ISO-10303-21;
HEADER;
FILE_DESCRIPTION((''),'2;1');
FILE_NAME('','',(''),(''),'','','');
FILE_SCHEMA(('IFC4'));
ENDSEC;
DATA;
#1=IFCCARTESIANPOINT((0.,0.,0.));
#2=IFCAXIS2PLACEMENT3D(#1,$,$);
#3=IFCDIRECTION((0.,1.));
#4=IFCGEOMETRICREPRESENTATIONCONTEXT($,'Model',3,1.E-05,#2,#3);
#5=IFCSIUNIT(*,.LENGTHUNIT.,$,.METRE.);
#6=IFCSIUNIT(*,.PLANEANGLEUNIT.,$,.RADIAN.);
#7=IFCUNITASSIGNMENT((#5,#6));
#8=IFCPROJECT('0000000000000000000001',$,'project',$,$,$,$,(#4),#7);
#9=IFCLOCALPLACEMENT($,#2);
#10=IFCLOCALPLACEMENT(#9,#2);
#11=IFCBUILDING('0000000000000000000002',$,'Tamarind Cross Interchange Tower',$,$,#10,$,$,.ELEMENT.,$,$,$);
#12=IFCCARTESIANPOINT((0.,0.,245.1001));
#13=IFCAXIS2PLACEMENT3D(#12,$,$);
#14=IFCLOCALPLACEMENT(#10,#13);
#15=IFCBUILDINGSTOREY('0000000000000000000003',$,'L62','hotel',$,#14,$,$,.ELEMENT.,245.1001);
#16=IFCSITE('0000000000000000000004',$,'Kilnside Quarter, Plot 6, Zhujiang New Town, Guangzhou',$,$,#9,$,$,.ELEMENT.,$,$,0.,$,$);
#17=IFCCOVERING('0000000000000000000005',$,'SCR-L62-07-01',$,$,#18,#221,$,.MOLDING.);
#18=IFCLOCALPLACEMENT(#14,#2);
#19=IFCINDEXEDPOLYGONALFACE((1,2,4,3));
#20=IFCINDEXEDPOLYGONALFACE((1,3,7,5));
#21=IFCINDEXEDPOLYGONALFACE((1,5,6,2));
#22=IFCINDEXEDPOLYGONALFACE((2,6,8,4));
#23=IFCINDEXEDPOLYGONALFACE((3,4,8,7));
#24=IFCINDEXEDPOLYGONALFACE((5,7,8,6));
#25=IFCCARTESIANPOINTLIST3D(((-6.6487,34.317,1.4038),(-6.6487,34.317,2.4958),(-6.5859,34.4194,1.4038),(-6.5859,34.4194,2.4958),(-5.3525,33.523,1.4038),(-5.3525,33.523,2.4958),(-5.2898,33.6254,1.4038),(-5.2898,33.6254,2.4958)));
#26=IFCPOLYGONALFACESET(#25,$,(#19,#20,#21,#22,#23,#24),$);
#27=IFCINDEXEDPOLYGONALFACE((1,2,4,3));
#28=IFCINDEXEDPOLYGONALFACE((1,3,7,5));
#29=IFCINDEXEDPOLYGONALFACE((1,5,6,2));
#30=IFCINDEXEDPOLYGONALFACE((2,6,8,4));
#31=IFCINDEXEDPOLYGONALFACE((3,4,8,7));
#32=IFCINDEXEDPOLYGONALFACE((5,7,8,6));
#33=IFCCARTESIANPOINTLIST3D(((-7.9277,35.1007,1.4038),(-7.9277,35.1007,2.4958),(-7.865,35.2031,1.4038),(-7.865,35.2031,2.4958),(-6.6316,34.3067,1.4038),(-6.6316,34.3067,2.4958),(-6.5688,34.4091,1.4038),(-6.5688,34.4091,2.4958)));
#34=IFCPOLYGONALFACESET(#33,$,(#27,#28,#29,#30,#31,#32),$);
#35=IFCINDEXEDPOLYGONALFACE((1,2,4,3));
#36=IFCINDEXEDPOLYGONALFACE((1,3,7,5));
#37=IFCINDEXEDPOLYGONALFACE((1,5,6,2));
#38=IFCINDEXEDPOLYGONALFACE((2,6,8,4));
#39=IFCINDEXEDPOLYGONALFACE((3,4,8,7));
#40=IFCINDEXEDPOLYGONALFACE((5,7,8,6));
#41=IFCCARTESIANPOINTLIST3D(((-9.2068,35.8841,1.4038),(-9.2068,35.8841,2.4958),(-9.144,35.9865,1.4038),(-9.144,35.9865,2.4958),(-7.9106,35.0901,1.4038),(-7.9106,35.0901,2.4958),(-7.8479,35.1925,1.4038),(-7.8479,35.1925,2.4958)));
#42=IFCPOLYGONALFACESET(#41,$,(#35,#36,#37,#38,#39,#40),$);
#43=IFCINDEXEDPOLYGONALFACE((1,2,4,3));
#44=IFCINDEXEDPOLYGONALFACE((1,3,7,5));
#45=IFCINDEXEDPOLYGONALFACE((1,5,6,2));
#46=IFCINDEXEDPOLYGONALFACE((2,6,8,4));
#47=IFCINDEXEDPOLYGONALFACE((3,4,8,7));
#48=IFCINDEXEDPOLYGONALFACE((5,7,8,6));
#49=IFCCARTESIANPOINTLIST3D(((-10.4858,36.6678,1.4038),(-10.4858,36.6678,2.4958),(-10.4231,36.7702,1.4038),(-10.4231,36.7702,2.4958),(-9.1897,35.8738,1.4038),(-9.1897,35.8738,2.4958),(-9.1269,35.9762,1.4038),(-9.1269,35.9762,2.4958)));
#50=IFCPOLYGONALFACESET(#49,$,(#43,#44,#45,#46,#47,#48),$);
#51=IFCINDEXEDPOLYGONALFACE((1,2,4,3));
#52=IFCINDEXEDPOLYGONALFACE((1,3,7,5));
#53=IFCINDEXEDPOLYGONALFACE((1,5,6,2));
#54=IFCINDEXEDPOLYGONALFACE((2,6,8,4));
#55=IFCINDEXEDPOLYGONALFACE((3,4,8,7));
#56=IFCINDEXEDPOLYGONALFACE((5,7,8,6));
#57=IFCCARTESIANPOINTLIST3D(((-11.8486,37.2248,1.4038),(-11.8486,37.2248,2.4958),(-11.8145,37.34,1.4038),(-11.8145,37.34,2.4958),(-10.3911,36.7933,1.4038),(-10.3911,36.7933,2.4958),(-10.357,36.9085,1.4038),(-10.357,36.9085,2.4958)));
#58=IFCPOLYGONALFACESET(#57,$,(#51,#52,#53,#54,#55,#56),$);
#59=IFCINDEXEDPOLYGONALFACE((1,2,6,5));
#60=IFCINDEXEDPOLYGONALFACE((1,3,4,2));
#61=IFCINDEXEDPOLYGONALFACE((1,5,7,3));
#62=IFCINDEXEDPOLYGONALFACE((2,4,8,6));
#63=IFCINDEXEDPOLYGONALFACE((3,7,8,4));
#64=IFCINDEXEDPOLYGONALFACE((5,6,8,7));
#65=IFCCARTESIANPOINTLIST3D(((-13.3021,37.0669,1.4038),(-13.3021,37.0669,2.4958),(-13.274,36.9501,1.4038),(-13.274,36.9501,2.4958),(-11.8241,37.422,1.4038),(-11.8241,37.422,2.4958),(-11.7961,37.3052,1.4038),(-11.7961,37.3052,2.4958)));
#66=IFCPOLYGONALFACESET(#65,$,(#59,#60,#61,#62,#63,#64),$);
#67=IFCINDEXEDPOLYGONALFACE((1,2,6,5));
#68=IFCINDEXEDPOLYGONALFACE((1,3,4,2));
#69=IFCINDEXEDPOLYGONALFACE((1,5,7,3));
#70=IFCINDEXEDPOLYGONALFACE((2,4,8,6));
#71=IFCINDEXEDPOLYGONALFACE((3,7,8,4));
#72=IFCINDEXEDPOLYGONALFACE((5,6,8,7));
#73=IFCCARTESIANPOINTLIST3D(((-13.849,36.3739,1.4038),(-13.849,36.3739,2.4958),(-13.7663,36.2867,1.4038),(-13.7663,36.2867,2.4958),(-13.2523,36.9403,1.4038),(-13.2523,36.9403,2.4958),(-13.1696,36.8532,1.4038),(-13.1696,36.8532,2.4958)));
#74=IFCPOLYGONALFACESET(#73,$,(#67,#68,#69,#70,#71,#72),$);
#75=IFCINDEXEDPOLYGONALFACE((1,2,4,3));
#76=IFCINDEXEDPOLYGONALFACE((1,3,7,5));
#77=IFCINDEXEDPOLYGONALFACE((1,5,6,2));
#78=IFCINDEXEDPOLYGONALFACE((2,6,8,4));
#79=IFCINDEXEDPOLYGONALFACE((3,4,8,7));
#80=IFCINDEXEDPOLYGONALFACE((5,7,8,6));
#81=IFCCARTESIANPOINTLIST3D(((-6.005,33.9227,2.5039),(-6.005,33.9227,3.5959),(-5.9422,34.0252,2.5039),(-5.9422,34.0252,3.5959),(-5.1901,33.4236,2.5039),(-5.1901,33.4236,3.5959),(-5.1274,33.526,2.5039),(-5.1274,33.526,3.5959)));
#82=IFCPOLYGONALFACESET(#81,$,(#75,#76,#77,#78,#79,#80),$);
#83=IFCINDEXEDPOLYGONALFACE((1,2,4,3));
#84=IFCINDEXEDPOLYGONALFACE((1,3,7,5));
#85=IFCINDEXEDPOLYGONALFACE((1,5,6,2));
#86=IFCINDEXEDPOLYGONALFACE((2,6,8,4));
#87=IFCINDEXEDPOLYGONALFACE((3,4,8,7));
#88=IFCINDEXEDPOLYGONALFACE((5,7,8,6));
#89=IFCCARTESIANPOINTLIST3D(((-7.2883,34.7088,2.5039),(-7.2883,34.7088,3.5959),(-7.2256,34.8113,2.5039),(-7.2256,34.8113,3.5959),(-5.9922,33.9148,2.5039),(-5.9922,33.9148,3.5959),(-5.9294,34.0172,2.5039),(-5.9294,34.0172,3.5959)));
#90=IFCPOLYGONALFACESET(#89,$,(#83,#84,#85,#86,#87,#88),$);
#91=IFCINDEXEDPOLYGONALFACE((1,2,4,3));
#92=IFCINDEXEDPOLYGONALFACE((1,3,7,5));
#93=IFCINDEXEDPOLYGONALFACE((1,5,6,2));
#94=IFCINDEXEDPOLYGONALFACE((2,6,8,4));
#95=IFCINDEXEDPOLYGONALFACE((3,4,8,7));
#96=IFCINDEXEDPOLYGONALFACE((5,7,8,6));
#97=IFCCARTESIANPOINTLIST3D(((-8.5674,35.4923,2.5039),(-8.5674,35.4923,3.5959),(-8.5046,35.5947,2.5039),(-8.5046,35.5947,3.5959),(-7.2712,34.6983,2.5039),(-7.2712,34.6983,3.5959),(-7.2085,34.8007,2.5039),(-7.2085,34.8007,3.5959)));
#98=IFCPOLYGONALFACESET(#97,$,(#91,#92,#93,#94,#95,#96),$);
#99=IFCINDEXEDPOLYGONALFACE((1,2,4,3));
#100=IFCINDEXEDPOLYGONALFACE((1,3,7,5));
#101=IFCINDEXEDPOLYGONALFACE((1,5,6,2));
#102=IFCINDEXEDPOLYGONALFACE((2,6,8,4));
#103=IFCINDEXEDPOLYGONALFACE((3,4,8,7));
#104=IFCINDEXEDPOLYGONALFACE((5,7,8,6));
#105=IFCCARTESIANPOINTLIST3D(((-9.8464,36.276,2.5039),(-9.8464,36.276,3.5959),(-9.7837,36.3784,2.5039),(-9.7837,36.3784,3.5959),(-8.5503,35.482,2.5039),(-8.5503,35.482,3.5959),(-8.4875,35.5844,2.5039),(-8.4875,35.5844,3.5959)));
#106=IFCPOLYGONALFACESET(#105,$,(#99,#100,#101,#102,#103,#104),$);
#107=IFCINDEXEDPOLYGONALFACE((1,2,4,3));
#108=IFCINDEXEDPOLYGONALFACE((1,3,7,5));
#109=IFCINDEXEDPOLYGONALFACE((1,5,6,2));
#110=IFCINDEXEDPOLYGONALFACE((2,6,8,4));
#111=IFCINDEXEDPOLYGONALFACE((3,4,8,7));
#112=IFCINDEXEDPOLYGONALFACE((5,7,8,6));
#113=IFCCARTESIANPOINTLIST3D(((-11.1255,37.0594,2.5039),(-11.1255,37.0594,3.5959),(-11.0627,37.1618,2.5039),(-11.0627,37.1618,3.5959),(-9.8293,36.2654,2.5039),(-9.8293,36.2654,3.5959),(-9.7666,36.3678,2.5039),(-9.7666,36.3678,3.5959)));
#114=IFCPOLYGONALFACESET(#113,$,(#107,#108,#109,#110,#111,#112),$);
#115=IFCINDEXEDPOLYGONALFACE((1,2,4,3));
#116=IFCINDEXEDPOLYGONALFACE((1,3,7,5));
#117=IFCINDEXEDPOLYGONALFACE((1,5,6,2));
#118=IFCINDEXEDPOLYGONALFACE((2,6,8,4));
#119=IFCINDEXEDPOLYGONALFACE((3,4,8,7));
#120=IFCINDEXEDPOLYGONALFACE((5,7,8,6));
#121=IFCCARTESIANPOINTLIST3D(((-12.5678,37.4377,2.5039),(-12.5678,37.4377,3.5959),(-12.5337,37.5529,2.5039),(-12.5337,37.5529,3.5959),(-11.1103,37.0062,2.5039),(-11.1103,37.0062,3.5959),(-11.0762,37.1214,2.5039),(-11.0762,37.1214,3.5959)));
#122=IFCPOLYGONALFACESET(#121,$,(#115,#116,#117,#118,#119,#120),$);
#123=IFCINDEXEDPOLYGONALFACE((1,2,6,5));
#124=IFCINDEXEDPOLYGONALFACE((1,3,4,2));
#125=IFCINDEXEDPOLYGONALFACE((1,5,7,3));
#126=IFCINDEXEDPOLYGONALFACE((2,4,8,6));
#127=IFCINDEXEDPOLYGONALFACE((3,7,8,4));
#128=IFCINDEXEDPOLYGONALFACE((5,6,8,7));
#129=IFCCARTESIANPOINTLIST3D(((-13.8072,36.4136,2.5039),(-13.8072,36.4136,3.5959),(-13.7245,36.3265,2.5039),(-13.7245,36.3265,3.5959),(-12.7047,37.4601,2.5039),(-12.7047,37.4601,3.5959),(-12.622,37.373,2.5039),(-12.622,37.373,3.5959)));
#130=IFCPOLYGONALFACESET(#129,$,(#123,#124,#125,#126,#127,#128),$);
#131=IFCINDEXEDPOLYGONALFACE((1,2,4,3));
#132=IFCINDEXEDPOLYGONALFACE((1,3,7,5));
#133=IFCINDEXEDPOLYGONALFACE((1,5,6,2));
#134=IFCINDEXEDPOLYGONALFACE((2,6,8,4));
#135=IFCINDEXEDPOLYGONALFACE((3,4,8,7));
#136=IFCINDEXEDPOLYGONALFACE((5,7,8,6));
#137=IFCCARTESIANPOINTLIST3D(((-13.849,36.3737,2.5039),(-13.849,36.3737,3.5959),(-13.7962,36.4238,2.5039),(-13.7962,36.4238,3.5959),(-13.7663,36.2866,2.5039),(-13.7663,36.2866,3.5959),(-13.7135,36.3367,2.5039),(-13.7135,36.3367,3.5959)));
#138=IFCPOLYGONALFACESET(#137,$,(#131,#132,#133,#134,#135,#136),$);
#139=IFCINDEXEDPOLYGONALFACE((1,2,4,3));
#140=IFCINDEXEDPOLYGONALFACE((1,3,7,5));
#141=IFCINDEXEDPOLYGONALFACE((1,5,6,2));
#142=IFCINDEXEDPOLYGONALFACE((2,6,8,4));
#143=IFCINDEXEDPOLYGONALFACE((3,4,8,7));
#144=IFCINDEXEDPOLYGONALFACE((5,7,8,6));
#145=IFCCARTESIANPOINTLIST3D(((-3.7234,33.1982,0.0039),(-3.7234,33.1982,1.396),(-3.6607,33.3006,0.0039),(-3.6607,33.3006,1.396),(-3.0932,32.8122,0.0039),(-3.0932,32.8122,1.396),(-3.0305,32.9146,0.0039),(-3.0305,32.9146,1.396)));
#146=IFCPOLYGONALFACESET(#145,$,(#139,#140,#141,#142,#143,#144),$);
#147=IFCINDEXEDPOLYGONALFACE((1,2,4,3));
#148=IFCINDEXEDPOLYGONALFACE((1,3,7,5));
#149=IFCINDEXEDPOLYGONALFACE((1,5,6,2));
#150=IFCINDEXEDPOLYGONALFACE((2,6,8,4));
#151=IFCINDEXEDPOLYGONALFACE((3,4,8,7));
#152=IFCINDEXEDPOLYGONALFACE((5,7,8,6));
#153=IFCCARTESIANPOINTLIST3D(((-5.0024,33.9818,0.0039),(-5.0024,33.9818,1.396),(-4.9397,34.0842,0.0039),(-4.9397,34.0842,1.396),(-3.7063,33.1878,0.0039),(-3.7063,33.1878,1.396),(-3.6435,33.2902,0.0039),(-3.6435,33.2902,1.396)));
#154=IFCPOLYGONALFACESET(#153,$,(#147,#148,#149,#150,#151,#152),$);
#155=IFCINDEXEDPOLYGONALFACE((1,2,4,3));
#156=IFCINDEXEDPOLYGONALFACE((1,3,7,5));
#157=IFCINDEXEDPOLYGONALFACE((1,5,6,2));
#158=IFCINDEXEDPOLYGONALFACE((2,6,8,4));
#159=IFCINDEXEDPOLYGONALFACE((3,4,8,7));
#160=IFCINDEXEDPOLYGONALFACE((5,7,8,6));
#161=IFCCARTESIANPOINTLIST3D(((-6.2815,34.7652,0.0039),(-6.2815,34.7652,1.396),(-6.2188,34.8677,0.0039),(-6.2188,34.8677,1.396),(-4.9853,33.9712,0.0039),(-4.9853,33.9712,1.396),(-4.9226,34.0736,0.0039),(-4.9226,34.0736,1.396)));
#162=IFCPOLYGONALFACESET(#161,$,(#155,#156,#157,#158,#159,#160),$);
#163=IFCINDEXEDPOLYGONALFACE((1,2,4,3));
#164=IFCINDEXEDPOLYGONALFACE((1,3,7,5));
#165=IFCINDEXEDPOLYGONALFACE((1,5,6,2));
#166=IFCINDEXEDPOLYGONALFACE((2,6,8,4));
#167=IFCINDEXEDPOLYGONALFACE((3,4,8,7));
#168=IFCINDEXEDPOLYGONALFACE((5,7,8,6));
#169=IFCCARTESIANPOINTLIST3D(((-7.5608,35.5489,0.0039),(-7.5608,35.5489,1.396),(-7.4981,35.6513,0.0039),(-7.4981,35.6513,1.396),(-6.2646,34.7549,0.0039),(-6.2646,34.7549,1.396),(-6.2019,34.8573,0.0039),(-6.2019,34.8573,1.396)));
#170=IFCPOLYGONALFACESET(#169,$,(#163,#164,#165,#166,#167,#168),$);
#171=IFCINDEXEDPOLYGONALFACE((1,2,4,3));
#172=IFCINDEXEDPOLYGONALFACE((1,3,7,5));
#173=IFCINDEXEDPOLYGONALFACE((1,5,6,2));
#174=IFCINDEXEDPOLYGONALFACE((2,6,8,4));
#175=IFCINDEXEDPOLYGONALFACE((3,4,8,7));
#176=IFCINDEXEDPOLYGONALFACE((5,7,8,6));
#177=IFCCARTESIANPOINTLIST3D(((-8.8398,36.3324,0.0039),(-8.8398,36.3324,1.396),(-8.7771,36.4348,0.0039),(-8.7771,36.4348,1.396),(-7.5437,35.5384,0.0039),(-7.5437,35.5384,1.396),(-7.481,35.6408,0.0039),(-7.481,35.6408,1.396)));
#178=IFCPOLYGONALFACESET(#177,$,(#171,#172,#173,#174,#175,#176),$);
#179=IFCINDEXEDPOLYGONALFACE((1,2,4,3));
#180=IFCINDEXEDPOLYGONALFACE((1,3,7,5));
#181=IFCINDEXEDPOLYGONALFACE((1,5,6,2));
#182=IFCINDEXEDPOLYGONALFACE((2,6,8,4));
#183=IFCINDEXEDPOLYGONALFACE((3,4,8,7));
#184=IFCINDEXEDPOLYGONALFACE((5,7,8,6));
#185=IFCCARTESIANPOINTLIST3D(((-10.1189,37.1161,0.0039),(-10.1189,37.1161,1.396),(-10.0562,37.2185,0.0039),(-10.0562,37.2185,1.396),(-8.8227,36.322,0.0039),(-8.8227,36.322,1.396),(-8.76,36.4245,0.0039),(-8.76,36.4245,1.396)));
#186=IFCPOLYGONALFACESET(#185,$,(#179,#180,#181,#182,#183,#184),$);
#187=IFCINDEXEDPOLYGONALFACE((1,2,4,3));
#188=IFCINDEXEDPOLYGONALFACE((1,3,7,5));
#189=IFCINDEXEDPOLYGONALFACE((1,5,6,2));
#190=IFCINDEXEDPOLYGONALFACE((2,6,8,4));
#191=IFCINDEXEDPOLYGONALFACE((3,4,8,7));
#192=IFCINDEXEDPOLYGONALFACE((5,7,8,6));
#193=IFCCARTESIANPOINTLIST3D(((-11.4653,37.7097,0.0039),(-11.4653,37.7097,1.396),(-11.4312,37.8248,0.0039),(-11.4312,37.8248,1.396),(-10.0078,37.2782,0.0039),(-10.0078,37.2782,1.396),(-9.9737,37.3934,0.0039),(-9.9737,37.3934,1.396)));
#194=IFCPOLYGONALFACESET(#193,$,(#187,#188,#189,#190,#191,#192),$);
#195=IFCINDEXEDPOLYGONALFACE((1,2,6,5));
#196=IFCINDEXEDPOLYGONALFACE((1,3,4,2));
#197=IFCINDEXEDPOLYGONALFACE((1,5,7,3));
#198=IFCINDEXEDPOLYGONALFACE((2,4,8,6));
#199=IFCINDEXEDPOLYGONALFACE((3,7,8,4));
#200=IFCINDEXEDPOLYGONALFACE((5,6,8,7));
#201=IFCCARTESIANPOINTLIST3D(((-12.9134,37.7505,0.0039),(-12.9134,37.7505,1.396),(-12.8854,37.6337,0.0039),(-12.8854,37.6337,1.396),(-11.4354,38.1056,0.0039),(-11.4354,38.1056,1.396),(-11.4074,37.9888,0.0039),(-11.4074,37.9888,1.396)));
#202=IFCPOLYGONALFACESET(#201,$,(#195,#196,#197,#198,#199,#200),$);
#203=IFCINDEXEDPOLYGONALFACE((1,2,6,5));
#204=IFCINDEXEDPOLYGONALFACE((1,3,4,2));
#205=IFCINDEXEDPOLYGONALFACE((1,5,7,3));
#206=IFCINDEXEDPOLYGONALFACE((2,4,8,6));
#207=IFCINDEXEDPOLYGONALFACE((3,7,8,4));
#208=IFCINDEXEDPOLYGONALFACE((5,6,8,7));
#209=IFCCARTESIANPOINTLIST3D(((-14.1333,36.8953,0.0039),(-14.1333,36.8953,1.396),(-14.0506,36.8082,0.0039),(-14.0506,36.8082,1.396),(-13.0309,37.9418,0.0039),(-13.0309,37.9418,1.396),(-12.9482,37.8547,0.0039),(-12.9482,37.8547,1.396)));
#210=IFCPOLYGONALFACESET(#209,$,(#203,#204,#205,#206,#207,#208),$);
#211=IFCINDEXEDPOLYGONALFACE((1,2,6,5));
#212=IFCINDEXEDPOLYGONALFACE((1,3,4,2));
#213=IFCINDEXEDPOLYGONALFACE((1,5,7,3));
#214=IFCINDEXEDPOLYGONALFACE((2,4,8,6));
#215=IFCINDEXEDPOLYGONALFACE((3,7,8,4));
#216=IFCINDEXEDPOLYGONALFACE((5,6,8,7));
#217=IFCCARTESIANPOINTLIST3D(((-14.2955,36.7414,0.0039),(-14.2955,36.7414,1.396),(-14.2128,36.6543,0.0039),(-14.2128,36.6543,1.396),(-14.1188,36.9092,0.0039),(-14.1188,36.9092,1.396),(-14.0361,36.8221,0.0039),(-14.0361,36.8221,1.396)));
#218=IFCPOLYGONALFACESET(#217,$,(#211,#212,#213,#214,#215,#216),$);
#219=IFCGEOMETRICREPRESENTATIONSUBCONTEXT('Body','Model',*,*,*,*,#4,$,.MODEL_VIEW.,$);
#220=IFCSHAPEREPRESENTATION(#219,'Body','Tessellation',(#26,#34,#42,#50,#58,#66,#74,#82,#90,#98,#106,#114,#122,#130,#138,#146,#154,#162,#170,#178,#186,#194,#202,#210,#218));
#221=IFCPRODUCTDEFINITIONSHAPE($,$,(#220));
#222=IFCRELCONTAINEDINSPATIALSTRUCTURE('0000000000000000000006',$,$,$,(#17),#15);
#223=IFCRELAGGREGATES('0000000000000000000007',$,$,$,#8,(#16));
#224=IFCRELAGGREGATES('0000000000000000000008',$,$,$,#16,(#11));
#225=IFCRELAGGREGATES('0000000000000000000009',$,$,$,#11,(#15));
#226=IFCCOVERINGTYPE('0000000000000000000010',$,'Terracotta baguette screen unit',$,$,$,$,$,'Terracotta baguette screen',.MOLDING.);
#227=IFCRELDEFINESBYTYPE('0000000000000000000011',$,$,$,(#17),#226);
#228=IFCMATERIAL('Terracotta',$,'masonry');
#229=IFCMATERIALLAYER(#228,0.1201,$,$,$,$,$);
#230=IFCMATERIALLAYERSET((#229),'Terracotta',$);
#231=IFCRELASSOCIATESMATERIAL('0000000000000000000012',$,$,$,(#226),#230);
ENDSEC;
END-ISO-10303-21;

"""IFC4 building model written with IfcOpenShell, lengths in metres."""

from ifc_helpers import new_model, si_unit, direction, frame, origin, origin_2d, place, context, subcontext, project, spatial, rectangle, extrude, material, layer, layer_set, type_object, element, save


model = new_model("IFC4")

# Units and contexts
model_context = context("Model", 3, precision=1e-05, world=origin(), true_north=direction((0.0, 1.0)))
body_context = subcontext(model_context, "Body", "Model", "MODEL_VIEW")
ifc_project = project(units=[si_unit("LENGTHUNIT", "METRE"), si_unit("PLANEANGLEUNIT", "RADIAN")], contexts=[model_context])

# Site, building, storey
site_placement = place(None, origin())
site = spatial("IfcSite", under=ifc_project, at=site_placement, Name="Kilnside Quarter, Plot 6, Zhujiang New Town, Guangzhou", CompositionType="ELEMENT", RefElevation=0.0)
building_placement = place(site_placement, origin())
building = spatial("IfcBuilding", under=site, at=building_placement, Name="Tamarind Cross Interchange Tower", CompositionType="ELEMENT")
storey_placement = place(building_placement, frame((0.0, 0.0, 245.1001)))
storey = spatial("IfcBuildingStorey", under=building, at=storey_placement, Name="L62", Description="hotel", CompositionType="ELEMENT", Elevation=245.1001)

# Covering
ifc_material_1 = material(Name="Terracotta", Category="masonry")
ifc_layer_1 = layer(ifc_material_1, 0.1201)
ifc_layer_set_1 = layer_set([ifc_layer_1], Name="Terracotta")
covering_type = type_object("IfcCoveringType", Name="Terracotta baguette screen unit", ElementType="Terracotta baguette screen", PredefinedType="MOLDING", material=ifc_layer_set_1)
covering_1_placement = place(storey_placement, origin())
element("IfcCovering", 1, at=covering_1_placement, inside=storey, type_object=covering_type, Name="SCR-L62-07-01", PredefinedType="MOLDING", context=body_context, shape_type="SweptSolid", body=[
    extrude(rectangle(XDim=1.52, YDim=0.1201, at=origin_2d()), frame((-5.9692, 33.9712, 1.4038), z_axis=(0.0, 0.0, 1.0), x_axis=(-0.85272, 0.522368, 0.0)), (0.0, 0.0, 1.0), 1.092),
    extrude(rectangle(XDim=1.52, YDim=0.1201, at=origin_2d()), frame((-7.2483, 34.7549, 1.4038), z_axis=(0.0, 0.0, 1.0), x_axis=(-0.85272, 0.522368, 0.0)), (0.0, 0.0, 1.0), 1.092),
    extrude(rectangle(XDim=1.52, YDim=0.1201, at=origin_2d()), frame((-8.5273, 35.5383, 1.4038), z_axis=(0.0, 0.0, 1.0), x_axis=(-0.85272, 0.522368, 0.0)), (0.0, 0.0, 1.0), 1.092),
    extrude(rectangle(XDim=1.52, YDim=0.1201, at=origin_2d()), frame((-9.8064, 36.322, 1.4038), z_axis=(0.0, 0.0, 1.0), x_axis=(-0.85272, 0.522368, 0.0)), (0.0, 0.0, 1.0), 1.092),
    extrude(rectangle(XDim=1.52, YDim=0.1201, at=origin_2d()), frame((-11.1028, 37.0667, 1.4038), z_axis=(0.0, 0.0, 1.0), x_axis=(-0.958863, 0.283868, 0.0)), (0.0, 0.0, 1.0), 1.092),
    extrude(rectangle(XDim=1.52, YDim=0.1201, at=origin_2d()), frame((-12.5491, 37.186, 1.4038), z_axis=(0.0, 0.0, 1.0), x_axis=(-0.972334, -0.233595, 0.0)), (0.0, 0.0, 1.0), 1.092),
    extrude(rectangle(XDim=0.8228, YDim=0.1201, at=origin_2d()), frame((-13.5093, 36.6135, 1.4038), z_axis=(0.0, 0.0, 1.0), x_axis=(-0.725269, -0.688466, 0.0)), (0.0, 0.0, 1.0), 1.092),
    extrude(rectangle(XDim=0.9556, YDim=0.1201, at=origin_2d()), frame((-5.5662, 33.7244, 2.5039), z_axis=(0.0, 0.0, 1.0), x_axis=(-0.85272, 0.522368, 0.0)), (0.0, 0.0, 1.0), 1.092),
    extrude(rectangle(XDim=1.52, YDim=0.1201, at=origin_2d()), frame((-6.6089, 34.363, 2.5039), z_axis=(0.0, 0.0, 1.0), x_axis=(-0.85272, 0.522368, 0.0)), (0.0, 0.0, 1.0), 1.092),
    extrude(rectangle(XDim=1.52, YDim=0.1201, at=origin_2d()), frame((-7.8879, 35.1465, 2.5039), z_axis=(0.0, 0.0, 1.0), x_axis=(-0.85272, 0.522368, 0.0)), (0.0, 0.0, 1.0), 1.092),
    extrude(rectangle(XDim=1.52, YDim=0.1201, at=origin_2d()), frame((-9.167, 35.9302, 2.5039), z_axis=(0.0, 0.0, 1.0), x_axis=(-0.85272, 0.522368, 0.0)), (0.0, 0.0, 1.0), 1.092),
    extrude(rectangle(XDim=1.52, YDim=0.1201, at=origin_2d()), frame((-10.446, 36.7136, 2.5039), z_axis=(0.0, 0.0, 1.0), x_axis=(-0.85272, 0.522368, 0.0)), (0.0, 0.0, 1.0), 1.092),
    extrude(rectangle(XDim=1.52, YDim=0.1201, at=origin_2d()), frame((-11.822, 37.2795, 2.5039), z_axis=(0.0, 0.0, 1.0), x_axis=(-0.958863, 0.283868, 0.0)), (0.0, 0.0, 1.0), 1.092),
    extrude(rectangle(XDim=1.52, YDim=0.1201, at=origin_2d()), frame((-13.2146, 36.8933, 2.5039), z_axis=(0.0, 0.0, 1.0), x_axis=(-0.725269, -0.688466, 0.0)), (0.0, 0.0, 1.0), 1.092),
    extrude(rectangle(XDim=0.0728, YDim=0.1201, at=origin_2d()), frame((-13.7812, 36.3552, 2.5039), z_axis=(0.0, 0.0, 1.0), x_axis=(-0.725269, -0.688466, 0.0)), (0.0, 0.0, 1.0), 1.092),
    extrude(rectangle(XDim=0.739, YDim=0.1201, at=origin_2d()), frame((-3.377, 33.0564, 0.0039), z_axis=(0.0, 0.0, 1.0), x_axis=(-0.85272, 0.522368, 0.0)), (0.0, 0.0, 1.0), 1.3921),
    extrude(rectangle(XDim=1.52, YDim=0.1201, at=origin_2d()), frame((-4.323, 33.636, 0.0039), z_axis=(0.0, 0.0, 1.0), x_axis=(-0.85272, 0.522368, 0.0)), (0.0, 0.0, 1.0), 1.3921),
    extrude(rectangle(XDim=1.52, YDim=0.1201, at=origin_2d()), frame((-5.6021, 34.4194, 0.0039), z_axis=(0.0, 0.0, 1.0), x_axis=(-0.85272, 0.522368, 0.0)), (0.0, 0.0, 1.0), 1.3921),
    extrude(rectangle(XDim=1.52, YDim=0.1201, at=origin_2d()), frame((-6.8813, 35.2031, 0.0039), z_axis=(0.0, 0.0, 1.0), x_axis=(-0.85272, 0.522368, 0.0)), (0.0, 0.0, 1.0), 1.3921),
    extrude(rectangle(XDim=1.52, YDim=0.1201, at=origin_2d()), frame((-8.1604, 35.9866, 0.0039), z_axis=(0.0, 0.0, 1.0), x_axis=(-0.85272, 0.522368, 0.0)), (0.0, 0.0, 1.0), 1.3921),
    extrude(rectangle(XDim=1.52, YDim=0.1201, at=origin_2d()), frame((-9.4395, 36.7703, 0.0039), z_axis=(0.0, 0.0, 1.0), x_axis=(-0.85272, 0.522368, 0.0)), (0.0, 0.0, 1.0), 1.3921),
    extrude(rectangle(XDim=1.52, YDim=0.1201, at=origin_2d()), frame((-10.7195, 37.5515, 0.0039), z_axis=(0.0, 0.0, 1.0), x_axis=(-0.958863, 0.283868, 0.0)), (0.0, 0.0, 1.0), 1.3921),
    extrude(rectangle(XDim=1.52, YDim=0.1201, at=origin_2d()), frame((-12.1604, 37.8696, 0.0039), z_axis=(0.0, 0.0, 1.0), x_axis=(-0.972334, -0.233595, 0.0)), (0.0, 0.0, 1.0), 1.3921),
    extrude(rectangle(XDim=1.52, YDim=0.1201, at=origin_2d()), frame((-13.5408, 37.375, 0.0039), z_axis=(0.0, 0.0, 1.0), x_axis=(-0.725269, -0.688466, 0.0)), (0.0, 0.0, 1.0), 1.3921),
    extrude(rectangle(XDim=0.2437, YDim=0.1201, at=origin_2d()), frame((-14.1658, 36.7817, 0.0039), z_axis=(0.0, 0.0, 1.0), x_axis=(-0.725269, -0.688466, 0.0)), (0.0, 0.0, 1.0), 1.3921),
])

save(model, "model.ifc")
